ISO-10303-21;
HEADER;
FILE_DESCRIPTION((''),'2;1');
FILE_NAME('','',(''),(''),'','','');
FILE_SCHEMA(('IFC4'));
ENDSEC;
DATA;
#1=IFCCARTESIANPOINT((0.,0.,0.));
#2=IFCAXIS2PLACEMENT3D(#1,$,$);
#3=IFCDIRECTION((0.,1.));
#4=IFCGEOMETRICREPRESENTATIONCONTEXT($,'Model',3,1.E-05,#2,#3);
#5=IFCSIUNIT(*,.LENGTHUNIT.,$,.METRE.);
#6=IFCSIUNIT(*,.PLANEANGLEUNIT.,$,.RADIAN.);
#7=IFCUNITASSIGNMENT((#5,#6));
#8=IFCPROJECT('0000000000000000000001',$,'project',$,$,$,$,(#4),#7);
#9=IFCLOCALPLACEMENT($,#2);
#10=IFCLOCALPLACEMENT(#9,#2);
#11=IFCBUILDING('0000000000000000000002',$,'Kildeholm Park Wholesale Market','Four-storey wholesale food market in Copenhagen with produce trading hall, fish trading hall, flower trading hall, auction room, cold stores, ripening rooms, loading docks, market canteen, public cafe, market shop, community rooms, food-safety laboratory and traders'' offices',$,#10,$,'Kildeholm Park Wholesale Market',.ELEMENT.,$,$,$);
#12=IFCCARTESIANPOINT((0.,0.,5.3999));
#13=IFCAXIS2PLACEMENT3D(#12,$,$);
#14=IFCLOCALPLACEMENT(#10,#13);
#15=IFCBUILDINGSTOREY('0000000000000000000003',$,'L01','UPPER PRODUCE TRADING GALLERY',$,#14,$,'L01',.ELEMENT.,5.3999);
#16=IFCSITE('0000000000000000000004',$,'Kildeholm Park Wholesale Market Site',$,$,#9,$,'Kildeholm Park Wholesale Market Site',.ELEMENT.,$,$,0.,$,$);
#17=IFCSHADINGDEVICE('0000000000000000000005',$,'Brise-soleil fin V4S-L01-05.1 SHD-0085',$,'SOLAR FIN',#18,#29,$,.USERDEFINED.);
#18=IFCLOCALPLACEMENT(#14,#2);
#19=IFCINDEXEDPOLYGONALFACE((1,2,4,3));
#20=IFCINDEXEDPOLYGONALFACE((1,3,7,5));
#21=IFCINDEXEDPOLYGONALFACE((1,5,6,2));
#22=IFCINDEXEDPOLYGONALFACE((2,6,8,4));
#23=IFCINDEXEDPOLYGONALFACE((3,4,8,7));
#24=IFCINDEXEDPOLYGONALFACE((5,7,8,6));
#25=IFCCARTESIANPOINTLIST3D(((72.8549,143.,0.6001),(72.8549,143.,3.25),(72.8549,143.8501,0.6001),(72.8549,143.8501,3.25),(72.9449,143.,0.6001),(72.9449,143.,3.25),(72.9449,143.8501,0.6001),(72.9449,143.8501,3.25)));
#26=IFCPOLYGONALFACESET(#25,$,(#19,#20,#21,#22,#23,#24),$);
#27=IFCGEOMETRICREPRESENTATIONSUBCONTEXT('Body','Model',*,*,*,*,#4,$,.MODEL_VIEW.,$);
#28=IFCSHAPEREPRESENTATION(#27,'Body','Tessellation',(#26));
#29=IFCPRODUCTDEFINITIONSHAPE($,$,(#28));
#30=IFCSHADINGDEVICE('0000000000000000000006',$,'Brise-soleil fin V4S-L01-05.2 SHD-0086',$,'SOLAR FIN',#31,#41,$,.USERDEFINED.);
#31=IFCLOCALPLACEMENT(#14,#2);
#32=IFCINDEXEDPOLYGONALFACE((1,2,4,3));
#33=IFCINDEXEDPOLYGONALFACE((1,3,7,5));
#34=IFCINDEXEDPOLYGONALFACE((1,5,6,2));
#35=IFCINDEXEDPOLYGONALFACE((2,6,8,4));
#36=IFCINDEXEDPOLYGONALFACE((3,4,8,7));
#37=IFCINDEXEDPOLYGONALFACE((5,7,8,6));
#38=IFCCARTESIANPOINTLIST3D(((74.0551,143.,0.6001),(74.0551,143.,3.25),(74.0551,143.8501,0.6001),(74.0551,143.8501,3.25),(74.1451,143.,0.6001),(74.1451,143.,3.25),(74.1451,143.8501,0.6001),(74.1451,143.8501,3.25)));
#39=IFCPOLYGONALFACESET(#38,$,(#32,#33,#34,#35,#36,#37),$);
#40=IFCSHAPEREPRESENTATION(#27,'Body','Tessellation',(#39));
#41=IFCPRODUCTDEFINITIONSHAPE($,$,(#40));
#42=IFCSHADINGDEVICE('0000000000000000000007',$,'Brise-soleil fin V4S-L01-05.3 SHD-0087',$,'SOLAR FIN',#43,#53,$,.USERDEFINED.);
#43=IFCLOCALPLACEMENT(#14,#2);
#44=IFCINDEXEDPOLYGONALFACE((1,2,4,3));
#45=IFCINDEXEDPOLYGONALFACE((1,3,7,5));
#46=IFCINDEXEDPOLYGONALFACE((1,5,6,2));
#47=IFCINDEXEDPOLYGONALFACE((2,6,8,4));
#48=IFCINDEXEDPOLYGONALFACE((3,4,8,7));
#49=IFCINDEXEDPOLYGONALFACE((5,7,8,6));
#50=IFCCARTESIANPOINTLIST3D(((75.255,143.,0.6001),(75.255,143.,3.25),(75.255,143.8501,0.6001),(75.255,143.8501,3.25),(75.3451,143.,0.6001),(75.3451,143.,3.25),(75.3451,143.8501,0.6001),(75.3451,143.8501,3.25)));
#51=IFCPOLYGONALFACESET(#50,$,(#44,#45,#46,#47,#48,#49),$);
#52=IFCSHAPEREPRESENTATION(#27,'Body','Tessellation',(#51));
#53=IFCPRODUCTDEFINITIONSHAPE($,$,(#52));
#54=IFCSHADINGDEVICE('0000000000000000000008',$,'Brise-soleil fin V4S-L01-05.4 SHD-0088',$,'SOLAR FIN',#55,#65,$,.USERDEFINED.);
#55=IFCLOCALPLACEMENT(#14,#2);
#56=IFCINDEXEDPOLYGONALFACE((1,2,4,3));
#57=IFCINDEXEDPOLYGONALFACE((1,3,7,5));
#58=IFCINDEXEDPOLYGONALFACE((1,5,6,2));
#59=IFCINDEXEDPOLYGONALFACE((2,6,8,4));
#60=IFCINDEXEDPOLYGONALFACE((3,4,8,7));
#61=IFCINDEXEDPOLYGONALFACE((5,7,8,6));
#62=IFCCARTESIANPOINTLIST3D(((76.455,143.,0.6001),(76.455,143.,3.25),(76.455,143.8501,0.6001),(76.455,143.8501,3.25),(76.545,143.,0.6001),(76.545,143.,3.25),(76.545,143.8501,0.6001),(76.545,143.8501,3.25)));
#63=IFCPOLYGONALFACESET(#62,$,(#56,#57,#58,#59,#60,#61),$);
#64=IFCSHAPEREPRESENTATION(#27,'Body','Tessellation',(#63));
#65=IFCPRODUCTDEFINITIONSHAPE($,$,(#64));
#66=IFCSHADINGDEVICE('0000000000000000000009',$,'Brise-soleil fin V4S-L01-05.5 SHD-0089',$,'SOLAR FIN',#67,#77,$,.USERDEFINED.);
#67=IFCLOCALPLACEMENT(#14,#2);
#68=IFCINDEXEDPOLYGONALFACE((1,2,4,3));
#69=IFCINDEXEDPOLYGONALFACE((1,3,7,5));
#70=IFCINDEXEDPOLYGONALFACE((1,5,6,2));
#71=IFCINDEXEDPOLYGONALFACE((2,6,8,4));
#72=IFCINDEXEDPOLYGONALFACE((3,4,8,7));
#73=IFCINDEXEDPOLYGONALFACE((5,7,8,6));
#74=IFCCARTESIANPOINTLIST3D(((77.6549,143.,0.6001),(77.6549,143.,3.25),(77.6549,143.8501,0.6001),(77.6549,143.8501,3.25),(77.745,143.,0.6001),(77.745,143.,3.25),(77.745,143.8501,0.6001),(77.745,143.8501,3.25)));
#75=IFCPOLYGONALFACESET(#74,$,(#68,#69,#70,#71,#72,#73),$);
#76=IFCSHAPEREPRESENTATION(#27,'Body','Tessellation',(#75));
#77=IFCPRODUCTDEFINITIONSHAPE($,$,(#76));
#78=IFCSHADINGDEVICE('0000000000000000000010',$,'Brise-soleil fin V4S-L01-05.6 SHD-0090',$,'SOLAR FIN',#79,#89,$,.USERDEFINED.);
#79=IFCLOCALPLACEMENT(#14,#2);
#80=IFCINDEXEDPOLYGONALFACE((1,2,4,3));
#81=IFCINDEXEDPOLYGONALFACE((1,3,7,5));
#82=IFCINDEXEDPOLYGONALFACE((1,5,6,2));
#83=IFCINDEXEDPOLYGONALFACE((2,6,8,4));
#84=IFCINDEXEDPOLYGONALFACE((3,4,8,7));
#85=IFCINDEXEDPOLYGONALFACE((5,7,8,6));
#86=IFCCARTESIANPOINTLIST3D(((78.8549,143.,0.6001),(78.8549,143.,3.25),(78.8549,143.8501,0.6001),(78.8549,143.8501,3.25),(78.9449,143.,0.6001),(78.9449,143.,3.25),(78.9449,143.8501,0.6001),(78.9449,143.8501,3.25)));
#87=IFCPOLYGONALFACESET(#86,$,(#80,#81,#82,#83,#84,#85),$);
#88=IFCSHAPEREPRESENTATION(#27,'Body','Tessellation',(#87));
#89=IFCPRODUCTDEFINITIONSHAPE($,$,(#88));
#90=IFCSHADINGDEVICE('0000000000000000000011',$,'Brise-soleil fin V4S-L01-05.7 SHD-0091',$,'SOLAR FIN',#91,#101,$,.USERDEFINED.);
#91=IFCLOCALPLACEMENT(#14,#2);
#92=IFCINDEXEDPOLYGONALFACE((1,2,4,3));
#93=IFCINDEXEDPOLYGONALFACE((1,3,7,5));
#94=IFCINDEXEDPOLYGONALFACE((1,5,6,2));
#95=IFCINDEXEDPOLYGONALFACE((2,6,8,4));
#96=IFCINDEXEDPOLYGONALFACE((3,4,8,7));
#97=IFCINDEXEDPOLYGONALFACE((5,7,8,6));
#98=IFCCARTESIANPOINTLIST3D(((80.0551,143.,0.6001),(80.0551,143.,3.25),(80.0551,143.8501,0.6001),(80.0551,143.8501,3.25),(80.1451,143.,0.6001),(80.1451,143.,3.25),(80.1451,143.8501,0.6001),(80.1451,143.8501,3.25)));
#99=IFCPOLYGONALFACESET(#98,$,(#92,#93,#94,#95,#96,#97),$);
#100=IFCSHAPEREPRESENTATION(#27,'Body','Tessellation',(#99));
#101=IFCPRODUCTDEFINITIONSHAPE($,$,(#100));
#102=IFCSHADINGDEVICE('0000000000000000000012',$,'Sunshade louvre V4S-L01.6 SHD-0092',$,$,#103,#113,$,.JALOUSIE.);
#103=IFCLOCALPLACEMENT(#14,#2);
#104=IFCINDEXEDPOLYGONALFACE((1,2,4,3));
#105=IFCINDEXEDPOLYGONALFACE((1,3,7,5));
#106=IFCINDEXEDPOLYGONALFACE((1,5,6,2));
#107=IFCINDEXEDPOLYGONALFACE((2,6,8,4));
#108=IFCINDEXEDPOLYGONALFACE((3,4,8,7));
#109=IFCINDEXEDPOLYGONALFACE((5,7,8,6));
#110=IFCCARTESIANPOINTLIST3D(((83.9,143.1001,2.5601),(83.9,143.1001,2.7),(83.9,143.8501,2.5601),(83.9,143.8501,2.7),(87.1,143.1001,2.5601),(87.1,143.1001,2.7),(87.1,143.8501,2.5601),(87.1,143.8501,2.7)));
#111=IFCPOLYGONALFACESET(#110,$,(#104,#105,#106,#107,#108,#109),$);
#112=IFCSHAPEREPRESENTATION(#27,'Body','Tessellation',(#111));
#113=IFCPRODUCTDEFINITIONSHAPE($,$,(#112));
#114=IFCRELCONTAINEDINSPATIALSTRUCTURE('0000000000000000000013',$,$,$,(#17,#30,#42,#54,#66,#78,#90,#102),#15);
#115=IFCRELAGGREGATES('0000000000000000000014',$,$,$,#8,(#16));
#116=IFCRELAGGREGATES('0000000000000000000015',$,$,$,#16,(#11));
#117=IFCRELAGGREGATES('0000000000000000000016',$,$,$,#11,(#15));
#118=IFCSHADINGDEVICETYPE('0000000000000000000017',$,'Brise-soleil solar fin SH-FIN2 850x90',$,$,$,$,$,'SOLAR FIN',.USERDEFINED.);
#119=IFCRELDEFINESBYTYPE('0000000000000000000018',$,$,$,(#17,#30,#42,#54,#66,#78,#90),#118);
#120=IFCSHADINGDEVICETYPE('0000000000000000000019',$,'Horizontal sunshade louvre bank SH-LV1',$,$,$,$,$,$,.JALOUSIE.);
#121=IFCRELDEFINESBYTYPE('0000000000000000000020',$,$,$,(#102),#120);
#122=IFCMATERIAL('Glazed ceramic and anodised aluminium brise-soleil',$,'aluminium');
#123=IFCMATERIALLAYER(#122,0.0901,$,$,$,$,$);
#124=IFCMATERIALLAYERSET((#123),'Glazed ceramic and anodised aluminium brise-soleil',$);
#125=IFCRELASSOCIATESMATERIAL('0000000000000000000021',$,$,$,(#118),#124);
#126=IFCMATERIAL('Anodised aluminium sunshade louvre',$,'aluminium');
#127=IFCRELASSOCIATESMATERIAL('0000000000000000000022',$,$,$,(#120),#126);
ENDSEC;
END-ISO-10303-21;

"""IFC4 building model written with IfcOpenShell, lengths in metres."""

from ifc_helpers import new_model, si_unit, direction, frame, origin, origin_2d, place, context, subcontext, project, spatial, rectangle, extrude, material, layer, layer_set, type_object, element, save


model = new_model("IFC4")

# Units and contexts
model_context = context("Model", 3, precision=1e-05, world=origin(), true_north=direction((0.0, 1.0)))
body_context = subcontext(model_context, "Body", "Model", "MODEL_VIEW")
ifc_project = project(units=[si_unit("LENGTHUNIT", "METRE"), si_unit("PLANEANGLEUNIT", "RADIAN")], contexts=[model_context])

# Site, building, storey
site_placement = place(None, origin())
site = spatial("IfcSite", under=ifc_project, at=site_placement, Name="Kildeholm Park Wholesale Market Site", LongName="Kildeholm Park Wholesale Market Site", CompositionType="ELEMENT", RefElevation=0.0)
building_placement = place(site_placement, origin())
building = spatial("IfcBuilding", under=site, at=building_placement, Name="Kildeholm Park Wholesale Market", Description="Four-storey wholesale food market in Copenhagen with produce trading hall, fish trading hall, flower trading hall, auction room, cold stores, ripening rooms, loading docks, market canteen, public cafe, market shop, community rooms, food-safety laboratory and traders' offices", LongName="Kildeholm Park Wholesale Market", CompositionType="ELEMENT")
storey_placement = place(building_placement, frame((0.0, 0.0, 5.3999)))
storey = spatial("IfcBuildingStorey", under=building, at=storey_placement, Name="L01", Description="UPPER PRODUCE TRADING GALLERY", LongName="L01", CompositionType="ELEMENT", Elevation=5.3999)

# Shading devices
ifc_material_1 = material(Name="Glazed ceramic and anodised aluminium brise-soleil", Category="aluminium")
ifc_layer_1 = layer(ifc_material_1, 0.0901)
ifc_layer_set_1 = layer_set([ifc_layer_1], Name="Glazed ceramic and anodised aluminium brise-soleil")
shading_device_type_1 = type_object("IfcShadingDeviceType", Name="Brise-soleil solar fin SH-FIN2 850x90", ElementType="SOLAR FIN", PredefinedType="USERDEFINED", material=ifc_layer_set_1)
for number, where, z_axis, x_axis, name in (
    (1, (72.8999, 143.425, 0.6001), (0.0, 0.0, 1.0), (0.0, -1.0, 0.0), "Brise-soleil fin V4S-L01-05.1 SHD-0085"),
    (2, (74.1001, 143.425, 0.6001), (0.0, 0.0, 1.0), (0.0, -1.0, 0.0), "Brise-soleil fin V4S-L01-05.2 SHD-0086"),
    (3, (75.3, 143.425, 0.6001), (0.0, 0.0, 1.0), (0.0, -1.0, 0.0), "Brise-soleil fin V4S-L01-05.3 SHD-0087"),
    (4, (76.5, 143.425, 0.6001), (0.0, 0.0, 1.0), (0.0, -1.0, 0.0), "Brise-soleil fin V4S-L01-05.4 SHD-0088"),
    (5, (77.7, 143.425, 0.6001), (0.0, 0.0, 1.0), (0.0, -1.0, 0.0), "Brise-soleil fin V4S-L01-05.5 SHD-0089"),
    (6, (78.8999, 143.425, 0.6001), (0.0, 0.0, 1.0), (0.0, -1.0, 0.0), "Brise-soleil fin V4S-L01-05.6 SHD-0090"),
    (7, (80.1001, 143.425, 0.6001), (0.0, 0.0, 1.0), (0.0, -1.0, 0.0), "Brise-soleil fin V4S-L01-05.7 SHD-0091"),
):
    element("IfcShadingDevice", number, at=place(storey_placement, frame(where, z_axis=z_axis, x_axis=x_axis)), inside=storey, type_object=shading_device_type_1, Name=name, ObjectType="SOLAR FIN", PredefinedType="USERDEFINED", context=body_context, shape_type="SweptSolid", body=[
        extrude(rectangle(XDim=0.8501, YDim=0.0901, at=origin_2d()), origin(), (0.0, 0.0, 1.0), 2.6499),
    ])
ifc_material_2 = material(Name="Anodised aluminium sunshade louvre", Category="aluminium")
shading_device_type_2 = type_object("IfcShadingDeviceType", Name="Horizontal sunshade louvre bank SH-LV1", PredefinedType="JALOUSIE", material=ifc_material_2)
shading_device_placement = place(storey_placement, frame((85.5, 143.4751, 2.5601), z_axis=(0.0, 0.0, 1.0), x_axis=(1.0, 0.0, 0.0)))
element("IfcShadingDevice", 8, at=shading_device_placement, inside=storey, type_object=shading_device_type_2, Name="Sunshade louvre V4S-L01.6 SHD-0092", PredefinedType="JALOUSIE", context=body_context, shape_type="SweptSolid", body=[
    extrude(rectangle(XDim=3.2, YDim=0.75, at=origin_2d()), origin(), (0.0, 0.0, 1.0), 0.1399),
])

save(model, "model.ifc")
